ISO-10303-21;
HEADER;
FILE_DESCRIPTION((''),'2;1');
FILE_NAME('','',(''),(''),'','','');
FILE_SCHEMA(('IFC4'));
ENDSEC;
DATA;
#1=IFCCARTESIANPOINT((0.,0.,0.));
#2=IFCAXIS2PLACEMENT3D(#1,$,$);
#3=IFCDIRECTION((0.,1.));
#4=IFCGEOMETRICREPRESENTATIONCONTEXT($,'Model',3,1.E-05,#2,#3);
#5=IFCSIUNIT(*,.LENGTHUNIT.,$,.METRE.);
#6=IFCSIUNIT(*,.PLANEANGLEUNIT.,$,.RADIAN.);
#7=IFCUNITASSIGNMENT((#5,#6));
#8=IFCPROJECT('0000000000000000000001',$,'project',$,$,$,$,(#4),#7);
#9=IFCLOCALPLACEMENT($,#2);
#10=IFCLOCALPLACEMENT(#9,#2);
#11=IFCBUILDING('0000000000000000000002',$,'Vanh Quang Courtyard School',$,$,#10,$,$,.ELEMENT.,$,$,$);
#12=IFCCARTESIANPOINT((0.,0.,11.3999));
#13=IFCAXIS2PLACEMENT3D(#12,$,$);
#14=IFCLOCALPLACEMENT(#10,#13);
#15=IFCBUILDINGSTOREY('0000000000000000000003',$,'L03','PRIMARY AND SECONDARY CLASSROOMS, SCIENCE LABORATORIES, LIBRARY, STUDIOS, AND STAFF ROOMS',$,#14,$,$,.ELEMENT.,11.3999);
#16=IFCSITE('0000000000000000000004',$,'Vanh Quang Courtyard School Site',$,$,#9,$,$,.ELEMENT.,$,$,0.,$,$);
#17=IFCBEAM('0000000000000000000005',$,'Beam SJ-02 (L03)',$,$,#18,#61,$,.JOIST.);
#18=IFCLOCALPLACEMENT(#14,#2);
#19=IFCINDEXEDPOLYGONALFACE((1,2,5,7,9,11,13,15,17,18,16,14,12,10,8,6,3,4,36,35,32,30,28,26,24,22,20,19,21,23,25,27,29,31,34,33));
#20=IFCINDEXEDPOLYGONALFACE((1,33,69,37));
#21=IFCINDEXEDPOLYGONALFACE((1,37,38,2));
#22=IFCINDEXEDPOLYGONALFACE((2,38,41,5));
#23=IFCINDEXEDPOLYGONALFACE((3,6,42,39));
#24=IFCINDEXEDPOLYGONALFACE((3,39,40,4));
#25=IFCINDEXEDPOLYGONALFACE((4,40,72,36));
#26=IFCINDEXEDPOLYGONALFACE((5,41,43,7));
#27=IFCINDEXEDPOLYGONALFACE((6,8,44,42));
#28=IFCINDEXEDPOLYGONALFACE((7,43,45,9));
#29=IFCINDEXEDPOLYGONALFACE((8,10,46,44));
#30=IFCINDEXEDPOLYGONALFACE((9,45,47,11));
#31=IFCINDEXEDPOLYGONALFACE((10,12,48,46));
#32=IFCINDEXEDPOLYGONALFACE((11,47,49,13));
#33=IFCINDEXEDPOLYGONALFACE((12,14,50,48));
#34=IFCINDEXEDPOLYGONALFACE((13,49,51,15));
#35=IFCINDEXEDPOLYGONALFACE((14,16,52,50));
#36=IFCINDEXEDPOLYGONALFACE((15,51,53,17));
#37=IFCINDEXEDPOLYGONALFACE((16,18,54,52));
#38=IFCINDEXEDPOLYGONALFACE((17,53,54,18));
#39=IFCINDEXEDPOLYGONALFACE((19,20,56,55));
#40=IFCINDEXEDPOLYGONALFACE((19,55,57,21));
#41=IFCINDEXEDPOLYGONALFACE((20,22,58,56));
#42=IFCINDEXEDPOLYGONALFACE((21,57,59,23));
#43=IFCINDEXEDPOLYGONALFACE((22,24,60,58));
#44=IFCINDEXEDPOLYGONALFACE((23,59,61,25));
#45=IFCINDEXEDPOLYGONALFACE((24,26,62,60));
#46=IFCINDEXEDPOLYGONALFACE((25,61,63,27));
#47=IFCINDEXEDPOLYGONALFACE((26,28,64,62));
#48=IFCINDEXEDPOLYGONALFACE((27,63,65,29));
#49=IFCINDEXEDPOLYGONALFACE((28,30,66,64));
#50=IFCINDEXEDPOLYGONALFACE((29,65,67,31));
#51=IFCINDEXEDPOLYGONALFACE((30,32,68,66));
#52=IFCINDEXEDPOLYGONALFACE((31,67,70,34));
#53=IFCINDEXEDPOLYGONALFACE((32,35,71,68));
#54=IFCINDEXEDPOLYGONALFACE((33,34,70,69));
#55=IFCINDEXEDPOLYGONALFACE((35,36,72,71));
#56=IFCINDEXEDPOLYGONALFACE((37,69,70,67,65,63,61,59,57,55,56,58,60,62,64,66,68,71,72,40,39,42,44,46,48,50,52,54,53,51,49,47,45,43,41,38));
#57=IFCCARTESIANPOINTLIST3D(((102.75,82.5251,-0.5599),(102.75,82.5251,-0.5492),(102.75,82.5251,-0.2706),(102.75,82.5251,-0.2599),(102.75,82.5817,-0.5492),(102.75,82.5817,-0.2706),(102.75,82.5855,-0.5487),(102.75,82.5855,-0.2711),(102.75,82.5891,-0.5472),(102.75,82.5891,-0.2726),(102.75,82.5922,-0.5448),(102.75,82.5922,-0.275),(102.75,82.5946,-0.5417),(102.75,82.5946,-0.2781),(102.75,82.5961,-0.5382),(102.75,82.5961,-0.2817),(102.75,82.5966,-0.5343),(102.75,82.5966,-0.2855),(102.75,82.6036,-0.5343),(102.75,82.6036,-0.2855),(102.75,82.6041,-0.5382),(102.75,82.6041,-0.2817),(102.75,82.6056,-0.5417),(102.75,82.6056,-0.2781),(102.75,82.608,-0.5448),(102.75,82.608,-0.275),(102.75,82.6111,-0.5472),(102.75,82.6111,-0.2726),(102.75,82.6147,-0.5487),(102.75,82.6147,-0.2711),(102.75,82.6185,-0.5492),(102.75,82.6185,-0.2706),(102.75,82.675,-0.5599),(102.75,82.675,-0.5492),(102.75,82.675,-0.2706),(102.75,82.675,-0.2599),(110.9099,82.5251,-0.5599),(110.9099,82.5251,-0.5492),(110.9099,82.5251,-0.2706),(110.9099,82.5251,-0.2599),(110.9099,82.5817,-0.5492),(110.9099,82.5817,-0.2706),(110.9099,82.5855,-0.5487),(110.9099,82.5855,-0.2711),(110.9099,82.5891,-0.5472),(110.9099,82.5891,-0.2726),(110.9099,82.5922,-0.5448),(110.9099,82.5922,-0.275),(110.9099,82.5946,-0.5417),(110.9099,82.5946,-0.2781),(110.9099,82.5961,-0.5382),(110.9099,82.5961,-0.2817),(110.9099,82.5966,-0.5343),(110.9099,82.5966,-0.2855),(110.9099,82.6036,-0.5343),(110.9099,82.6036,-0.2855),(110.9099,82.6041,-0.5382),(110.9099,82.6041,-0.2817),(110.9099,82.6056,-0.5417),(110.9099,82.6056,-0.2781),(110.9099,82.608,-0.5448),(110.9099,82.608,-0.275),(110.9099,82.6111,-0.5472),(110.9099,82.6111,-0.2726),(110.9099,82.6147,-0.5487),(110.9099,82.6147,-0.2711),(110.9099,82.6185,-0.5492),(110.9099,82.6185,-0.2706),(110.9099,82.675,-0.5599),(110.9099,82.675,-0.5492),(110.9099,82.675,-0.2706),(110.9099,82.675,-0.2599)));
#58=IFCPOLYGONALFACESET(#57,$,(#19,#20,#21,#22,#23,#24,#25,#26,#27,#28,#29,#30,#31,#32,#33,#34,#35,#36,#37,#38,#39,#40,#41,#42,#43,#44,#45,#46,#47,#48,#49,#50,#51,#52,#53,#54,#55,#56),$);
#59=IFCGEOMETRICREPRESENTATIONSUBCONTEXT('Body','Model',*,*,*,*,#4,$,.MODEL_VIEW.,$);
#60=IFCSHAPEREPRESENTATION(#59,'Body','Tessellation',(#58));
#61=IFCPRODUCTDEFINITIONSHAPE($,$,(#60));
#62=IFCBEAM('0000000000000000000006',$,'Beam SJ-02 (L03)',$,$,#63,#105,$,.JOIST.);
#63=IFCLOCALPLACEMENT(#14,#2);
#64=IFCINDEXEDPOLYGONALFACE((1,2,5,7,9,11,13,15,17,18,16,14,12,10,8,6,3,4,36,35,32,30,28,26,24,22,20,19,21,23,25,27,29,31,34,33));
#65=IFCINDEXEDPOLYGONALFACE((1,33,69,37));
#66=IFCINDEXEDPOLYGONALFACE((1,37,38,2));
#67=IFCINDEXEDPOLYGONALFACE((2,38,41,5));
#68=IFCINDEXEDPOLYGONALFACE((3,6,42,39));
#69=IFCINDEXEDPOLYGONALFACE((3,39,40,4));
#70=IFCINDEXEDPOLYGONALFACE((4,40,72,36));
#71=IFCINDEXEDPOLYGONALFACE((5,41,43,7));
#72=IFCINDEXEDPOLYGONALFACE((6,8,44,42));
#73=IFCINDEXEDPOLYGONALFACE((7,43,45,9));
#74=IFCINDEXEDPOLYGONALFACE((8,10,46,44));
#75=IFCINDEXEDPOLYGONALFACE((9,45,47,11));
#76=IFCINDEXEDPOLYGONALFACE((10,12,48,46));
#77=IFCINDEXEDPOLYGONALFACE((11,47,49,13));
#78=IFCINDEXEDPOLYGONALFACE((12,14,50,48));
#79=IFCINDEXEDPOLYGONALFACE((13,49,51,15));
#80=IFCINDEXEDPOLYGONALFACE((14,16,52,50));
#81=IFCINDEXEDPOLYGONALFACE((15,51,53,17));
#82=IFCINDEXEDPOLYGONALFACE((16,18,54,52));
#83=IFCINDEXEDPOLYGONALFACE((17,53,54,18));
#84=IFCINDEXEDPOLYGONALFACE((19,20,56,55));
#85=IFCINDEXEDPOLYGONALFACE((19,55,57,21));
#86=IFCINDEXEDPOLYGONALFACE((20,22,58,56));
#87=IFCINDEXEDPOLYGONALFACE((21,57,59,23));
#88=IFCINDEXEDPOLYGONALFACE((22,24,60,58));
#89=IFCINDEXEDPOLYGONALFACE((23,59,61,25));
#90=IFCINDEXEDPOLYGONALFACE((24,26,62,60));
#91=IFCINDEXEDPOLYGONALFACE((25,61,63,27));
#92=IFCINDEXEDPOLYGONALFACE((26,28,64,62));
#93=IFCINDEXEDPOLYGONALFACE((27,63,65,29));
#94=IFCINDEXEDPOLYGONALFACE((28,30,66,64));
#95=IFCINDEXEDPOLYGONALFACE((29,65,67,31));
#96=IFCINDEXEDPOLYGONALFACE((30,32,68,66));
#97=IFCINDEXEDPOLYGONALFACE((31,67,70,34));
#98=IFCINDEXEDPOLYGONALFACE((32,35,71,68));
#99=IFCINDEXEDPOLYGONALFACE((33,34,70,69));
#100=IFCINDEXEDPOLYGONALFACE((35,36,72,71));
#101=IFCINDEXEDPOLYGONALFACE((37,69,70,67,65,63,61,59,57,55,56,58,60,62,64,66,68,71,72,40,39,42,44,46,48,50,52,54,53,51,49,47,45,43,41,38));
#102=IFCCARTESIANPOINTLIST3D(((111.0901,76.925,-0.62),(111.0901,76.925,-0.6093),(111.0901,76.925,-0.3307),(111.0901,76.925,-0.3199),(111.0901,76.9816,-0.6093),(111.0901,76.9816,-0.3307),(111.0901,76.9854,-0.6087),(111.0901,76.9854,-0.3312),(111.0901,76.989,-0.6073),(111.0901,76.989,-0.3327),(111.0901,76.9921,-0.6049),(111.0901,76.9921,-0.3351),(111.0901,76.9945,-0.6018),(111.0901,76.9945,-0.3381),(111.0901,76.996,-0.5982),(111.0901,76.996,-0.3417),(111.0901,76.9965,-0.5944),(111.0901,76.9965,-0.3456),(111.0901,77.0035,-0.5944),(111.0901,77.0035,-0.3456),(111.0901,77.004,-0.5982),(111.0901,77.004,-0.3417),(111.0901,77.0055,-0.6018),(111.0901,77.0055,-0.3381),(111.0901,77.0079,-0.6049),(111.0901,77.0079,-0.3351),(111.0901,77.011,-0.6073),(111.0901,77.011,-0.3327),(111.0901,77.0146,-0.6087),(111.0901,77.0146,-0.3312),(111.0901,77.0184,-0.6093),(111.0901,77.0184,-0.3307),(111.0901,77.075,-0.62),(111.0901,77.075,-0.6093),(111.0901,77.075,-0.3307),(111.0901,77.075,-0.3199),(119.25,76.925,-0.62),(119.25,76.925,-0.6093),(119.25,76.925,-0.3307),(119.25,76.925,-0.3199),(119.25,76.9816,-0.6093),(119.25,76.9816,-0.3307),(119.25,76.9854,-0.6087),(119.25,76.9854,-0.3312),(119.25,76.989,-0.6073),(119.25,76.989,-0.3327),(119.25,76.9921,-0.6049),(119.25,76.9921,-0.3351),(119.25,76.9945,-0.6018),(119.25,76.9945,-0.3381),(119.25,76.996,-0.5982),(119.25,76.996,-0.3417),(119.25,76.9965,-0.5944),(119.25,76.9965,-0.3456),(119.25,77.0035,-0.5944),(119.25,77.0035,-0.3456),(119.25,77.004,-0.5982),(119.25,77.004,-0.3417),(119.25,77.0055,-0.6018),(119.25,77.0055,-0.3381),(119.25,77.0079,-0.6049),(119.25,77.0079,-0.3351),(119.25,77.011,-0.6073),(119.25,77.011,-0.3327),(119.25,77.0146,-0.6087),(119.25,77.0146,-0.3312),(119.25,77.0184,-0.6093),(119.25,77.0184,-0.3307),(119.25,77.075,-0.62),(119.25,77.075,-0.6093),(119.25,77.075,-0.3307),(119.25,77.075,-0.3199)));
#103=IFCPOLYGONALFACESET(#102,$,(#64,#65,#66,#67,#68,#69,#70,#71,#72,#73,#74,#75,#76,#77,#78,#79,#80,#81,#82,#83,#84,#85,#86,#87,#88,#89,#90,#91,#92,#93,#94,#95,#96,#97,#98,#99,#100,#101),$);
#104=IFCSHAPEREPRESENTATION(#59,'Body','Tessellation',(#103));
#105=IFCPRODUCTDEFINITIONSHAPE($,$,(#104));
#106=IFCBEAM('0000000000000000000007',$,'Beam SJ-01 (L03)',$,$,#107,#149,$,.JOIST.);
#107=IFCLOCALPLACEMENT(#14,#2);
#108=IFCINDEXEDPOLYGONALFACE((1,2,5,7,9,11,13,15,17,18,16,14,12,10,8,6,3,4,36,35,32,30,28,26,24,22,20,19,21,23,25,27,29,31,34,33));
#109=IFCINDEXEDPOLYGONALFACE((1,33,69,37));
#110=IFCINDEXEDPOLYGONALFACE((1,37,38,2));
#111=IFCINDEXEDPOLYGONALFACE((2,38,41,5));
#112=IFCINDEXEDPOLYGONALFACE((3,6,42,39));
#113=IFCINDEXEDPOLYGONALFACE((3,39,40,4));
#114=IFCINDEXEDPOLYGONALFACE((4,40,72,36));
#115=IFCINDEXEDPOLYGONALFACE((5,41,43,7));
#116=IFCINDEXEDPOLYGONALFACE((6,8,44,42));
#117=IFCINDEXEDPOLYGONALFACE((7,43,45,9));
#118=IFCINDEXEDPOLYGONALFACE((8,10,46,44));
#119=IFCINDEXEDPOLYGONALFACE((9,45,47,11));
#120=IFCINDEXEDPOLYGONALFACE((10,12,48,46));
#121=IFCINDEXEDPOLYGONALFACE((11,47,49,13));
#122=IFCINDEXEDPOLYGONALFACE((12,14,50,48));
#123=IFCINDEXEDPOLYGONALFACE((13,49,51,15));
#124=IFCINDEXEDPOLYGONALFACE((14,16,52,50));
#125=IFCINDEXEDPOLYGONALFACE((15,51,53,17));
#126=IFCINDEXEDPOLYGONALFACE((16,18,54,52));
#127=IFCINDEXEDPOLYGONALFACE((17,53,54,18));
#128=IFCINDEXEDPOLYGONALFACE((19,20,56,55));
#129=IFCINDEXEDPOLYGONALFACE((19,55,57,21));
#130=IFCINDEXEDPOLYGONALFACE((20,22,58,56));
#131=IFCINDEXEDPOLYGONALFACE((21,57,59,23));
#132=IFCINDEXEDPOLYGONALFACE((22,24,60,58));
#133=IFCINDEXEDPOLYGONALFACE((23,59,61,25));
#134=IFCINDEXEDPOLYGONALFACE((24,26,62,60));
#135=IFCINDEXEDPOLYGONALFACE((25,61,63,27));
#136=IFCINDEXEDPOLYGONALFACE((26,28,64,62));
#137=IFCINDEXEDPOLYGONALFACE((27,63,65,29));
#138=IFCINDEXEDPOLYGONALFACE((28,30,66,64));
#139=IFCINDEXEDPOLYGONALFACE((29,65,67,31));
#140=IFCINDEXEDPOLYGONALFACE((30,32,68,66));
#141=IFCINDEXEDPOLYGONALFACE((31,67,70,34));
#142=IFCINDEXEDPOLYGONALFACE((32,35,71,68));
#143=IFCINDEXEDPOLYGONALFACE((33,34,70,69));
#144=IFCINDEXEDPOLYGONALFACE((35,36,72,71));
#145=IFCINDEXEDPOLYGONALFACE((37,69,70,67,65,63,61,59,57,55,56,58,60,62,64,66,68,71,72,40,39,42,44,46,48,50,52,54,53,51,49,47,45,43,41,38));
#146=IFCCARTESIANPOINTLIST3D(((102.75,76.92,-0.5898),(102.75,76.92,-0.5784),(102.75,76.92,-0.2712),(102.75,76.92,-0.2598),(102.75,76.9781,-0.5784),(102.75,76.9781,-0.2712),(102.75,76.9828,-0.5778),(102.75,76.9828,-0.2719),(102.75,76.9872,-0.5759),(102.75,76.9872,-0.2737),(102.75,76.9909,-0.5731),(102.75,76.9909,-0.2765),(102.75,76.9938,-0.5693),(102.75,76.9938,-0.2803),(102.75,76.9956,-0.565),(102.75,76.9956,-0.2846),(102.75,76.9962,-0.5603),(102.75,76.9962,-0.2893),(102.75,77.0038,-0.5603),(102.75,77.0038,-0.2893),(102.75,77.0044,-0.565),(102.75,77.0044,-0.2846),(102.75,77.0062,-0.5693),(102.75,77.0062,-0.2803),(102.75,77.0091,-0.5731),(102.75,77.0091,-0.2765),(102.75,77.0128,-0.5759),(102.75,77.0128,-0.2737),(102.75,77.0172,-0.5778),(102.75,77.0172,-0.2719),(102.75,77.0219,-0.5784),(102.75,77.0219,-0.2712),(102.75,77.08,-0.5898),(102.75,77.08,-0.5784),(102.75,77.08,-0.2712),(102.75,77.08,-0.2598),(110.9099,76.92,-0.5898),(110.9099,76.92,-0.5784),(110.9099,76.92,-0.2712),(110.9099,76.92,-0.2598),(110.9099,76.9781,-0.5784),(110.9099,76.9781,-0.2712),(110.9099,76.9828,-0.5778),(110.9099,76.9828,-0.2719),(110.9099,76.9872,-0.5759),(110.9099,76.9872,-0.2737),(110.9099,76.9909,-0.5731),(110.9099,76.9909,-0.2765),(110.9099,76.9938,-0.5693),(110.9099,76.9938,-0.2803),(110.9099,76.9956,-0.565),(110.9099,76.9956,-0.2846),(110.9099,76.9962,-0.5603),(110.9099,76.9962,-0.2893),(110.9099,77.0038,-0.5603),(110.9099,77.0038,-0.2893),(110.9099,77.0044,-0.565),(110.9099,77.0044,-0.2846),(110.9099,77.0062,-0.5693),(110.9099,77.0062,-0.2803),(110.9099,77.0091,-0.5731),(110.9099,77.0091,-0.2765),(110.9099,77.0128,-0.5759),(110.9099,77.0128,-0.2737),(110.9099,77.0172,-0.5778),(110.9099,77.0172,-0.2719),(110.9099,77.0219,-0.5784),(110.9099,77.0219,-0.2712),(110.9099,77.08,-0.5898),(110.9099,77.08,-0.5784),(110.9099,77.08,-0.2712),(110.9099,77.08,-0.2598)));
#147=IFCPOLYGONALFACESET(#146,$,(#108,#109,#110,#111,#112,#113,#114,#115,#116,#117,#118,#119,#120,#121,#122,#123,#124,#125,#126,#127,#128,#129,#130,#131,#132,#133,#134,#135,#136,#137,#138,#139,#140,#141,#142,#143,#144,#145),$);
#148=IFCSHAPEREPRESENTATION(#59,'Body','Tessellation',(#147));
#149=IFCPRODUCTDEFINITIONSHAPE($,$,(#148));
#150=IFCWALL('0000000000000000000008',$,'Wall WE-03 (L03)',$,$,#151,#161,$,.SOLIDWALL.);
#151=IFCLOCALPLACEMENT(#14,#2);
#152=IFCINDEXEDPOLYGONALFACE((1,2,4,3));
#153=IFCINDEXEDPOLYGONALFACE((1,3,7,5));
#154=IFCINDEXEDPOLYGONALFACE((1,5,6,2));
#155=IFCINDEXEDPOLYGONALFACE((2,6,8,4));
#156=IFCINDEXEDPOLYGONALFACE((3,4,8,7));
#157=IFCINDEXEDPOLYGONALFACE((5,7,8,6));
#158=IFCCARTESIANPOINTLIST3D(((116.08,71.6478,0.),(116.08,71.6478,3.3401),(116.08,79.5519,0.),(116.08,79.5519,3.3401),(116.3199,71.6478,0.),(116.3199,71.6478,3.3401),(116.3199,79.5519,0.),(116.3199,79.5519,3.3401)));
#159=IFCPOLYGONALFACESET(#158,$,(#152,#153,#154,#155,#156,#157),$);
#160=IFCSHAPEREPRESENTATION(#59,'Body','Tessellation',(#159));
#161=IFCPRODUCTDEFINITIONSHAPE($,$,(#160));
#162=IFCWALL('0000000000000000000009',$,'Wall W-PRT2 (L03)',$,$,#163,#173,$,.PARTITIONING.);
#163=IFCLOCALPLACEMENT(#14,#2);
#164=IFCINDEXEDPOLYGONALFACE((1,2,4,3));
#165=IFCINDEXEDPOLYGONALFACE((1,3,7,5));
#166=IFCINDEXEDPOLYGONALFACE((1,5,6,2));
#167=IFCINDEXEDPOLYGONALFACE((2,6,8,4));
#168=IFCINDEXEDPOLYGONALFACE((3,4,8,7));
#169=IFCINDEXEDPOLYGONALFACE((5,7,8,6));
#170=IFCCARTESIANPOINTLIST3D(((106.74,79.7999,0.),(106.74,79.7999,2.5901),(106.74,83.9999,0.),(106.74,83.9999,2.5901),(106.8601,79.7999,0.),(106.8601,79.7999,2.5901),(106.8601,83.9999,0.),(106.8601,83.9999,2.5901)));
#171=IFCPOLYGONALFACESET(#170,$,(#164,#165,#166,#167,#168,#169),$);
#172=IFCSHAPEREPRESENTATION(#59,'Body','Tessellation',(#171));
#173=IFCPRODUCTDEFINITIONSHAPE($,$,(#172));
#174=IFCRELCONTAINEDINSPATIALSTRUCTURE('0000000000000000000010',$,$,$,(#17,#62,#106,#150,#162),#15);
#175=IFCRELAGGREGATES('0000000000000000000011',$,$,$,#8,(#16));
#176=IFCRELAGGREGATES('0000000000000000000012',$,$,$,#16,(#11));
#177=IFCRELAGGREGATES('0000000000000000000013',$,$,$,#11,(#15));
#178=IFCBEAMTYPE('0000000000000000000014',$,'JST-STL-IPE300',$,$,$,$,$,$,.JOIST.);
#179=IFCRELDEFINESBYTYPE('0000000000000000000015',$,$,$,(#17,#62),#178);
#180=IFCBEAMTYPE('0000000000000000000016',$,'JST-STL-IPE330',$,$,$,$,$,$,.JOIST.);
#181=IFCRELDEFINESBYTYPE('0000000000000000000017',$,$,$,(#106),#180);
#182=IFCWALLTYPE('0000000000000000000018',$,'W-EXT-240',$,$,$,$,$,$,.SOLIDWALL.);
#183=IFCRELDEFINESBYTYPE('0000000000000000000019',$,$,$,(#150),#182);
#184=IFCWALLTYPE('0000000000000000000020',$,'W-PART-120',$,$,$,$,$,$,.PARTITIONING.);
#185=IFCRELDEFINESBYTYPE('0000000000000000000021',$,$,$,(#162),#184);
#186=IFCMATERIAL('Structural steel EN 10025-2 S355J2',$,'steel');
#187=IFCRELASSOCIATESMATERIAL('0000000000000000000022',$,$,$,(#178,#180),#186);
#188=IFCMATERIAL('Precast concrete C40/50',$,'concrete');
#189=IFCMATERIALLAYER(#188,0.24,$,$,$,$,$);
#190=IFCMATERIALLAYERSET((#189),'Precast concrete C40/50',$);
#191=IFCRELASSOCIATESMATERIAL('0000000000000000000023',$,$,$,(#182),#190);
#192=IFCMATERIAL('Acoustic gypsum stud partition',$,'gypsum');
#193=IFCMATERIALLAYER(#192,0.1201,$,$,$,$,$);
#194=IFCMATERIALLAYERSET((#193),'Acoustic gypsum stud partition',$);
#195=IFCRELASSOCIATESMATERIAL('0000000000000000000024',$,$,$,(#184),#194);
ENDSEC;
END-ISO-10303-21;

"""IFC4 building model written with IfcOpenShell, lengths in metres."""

from ifc_helpers import new_model, si_unit, direction, frame, frame_2d, origin, origin_2d, place, context, subcontext, project, spatial, rectangle, i_section, extrude, material, layer, layer_set, material_profile, profile_set, type_object, element, save


model = new_model("IFC4")

# Units and contexts
model_context = context("Model", 3, precision=1e-05, world=origin(), true_north=direction((0.0, 1.0)))
body_context = subcontext(model_context, "Body", "Model", "MODEL_VIEW")
ifc_project = project(units=[si_unit("LENGTHUNIT", "METRE"), si_unit("PLANEANGLEUNIT", "RADIAN")], contexts=[model_context])

# Site, building, storey
site_placement = place(None, origin())
site = spatial("IfcSite", under=ifc_project, at=site_placement, Name="Vanh Quang Courtyard School Site", CompositionType="ELEMENT", RefElevation=0.0)
building_placement = place(site_placement, origin())
building = spatial("IfcBuilding", under=site, at=building_placement, Name="Vanh Quang Courtyard School", CompositionType="ELEMENT")
storey_placement = place(building_placement, frame((0.0, 0.0, 11.3999)))
storey = spatial("IfcBuildingStorey", under=building, at=storey_placement, Name="L03", Description="PRIMARY AND SECONDARY CLASSROOMS, SCIENCE LABORATORIES, LIBRARY, STUDIOS, AND STAFF ROOMS", CompositionType="ELEMENT", Elevation=11.3999)

# Beams
ifc_material_1 = material(Name="Structural steel EN 10025-2 S355J2", Category="steel")
ifc_material_profile_1 = material_profile(ifc_material_1, i_section(OverallWidth=0.1499, OverallDepth=0.3, WebThickness=0.0071, FlangeThickness=0.0107, FilletRadius=0.0149, at=origin_2d()), Name="IPE 300")
ifc_profile_set_1 = profile_set([ifc_material_profile_1], Name="Structural steel EN 10025-2 S355J2")
beam_type_1 = type_object("IfcBeamType", Name="JST-STL-IPE300", PredefinedType="JOIST", material=ifc_profile_set_1)
for number, where, z_axis, x_axis, name in (
    (1, (102.75, 82.6001, -0.4099), (1.0, 0.0, 0.0), (0.0, 1.0, 0.0), "Beam SJ-02 (L03)"),
    (2, (111.0901, 77.0, -0.47), (1.0, 0.0, 0.0), (0.0, 1.0, 0.0), "Beam SJ-02 (L03)"),
):
    element("IfcBeam", number, at=place(storey_placement, frame(where, z_axis=z_axis, x_axis=x_axis)), inside=storey, type_object=beam_type_1, Name=name, PredefinedType="JOIST", context=body_context, shape_type="SweptSolid", body=[
        extrude(i_section(OverallWidth=0.1499, OverallDepth=0.3, WebThickness=0.0071, FlangeThickness=0.0107, FilletRadius=0.0149, at=origin_2d()), origin(), (0.0, 0.0, 1.0), 8.1599),
    ])
ifc_material_profile_2 = material_profile(ifc_material_1, i_section(OverallWidth=0.1599, OverallDepth=0.3301, WebThickness=0.0076, FlangeThickness=0.0115, FilletRadius=0.0181, at=origin_2d()), Name="IPE 330")
ifc_profile_set_2 = profile_set([ifc_material_profile_2], Name="Structural steel EN 10025-2 S355J2")
beam_type_2 = type_object("IfcBeamType", Name="JST-STL-IPE330", PredefinedType="JOIST", material=ifc_profile_set_2)
beam_1_placement = place(storey_placement, frame((102.75, 77.0, -0.4248), z_axis=(1.0, 0.0, 0.0), x_axis=(0.0, 1.0, 0.0)))
element("IfcBeam", 3, at=beam_1_placement, inside=storey, type_object=beam_type_2, Name="Beam SJ-01 (L03)", PredefinedType="JOIST", context=body_context, shape_type="SweptSolid", body=[
    extrude(i_section(OverallWidth=0.1599, OverallDepth=0.3301, WebThickness=0.0076, FlangeThickness=0.0115, FilletRadius=0.0181, at=origin_2d()), origin(), (0.0, 0.0, 1.0), 8.1599),
])

# Walls
ifc_material_2 = material(Name="Precast concrete C40/50", Category="concrete")
ifc_layer_1 = layer(ifc_material_2, 0.24)
ifc_layer_set_1 = layer_set([ifc_layer_1], Name="Precast concrete C40/50")
wall_type_1 = type_object("IfcWallType", Name="W-EXT-240", PredefinedType="SOLIDWALL", material=ifc_layer_set_1)
wall_1_placement = place(storey_placement, frame((116.2, 79.552, 0.0), z_axis=(0.0, 0.0, 1.0), x_axis=(0.0, -1.0, 0.0)))
element("IfcWall", 4, at=wall_1_placement, inside=storey, type_object=wall_type_1, Name="Wall WE-03 (L03)", PredefinedType="SOLIDWALL", context=body_context, shape_type="SweptSolid", body=[
    extrude(rectangle(XDim=7.9041, YDim=0.24, at=frame_2d((3.9521, 0.0))), origin(), (0.0, 0.0, 1.0), 3.3401),
])
ifc_material_3 = material(Name="Acoustic gypsum stud partition", Category="gypsum")
ifc_layer_2 = layer(ifc_material_3, 0.1201)
ifc_layer_set_2 = layer_set([ifc_layer_2], Name="Acoustic gypsum stud partition")
wall_type_2 = type_object("IfcWallType", Name="W-PART-120", PredefinedType="PARTITIONING", material=ifc_layer_set_2)
wall_2_placement = place(storey_placement, frame((106.8, 84.0, 0.0), z_axis=(0.0, 0.0, 1.0), x_axis=(0.0, -1.0, 0.0)))
element("IfcWall", 5, at=wall_2_placement, inside=storey, type_object=wall_type_2, Name="Wall W-PRT2 (L03)", PredefinedType="PARTITIONING", context=body_context, shape_type="SweptSolid", body=[
    extrude(rectangle(XDim=4.2, YDim=0.1201, at=frame_2d((2.1001, 0.0))), origin(), (0.0, 0.0, 1.0), 2.5901),
])

save(model, "model.ifc")
